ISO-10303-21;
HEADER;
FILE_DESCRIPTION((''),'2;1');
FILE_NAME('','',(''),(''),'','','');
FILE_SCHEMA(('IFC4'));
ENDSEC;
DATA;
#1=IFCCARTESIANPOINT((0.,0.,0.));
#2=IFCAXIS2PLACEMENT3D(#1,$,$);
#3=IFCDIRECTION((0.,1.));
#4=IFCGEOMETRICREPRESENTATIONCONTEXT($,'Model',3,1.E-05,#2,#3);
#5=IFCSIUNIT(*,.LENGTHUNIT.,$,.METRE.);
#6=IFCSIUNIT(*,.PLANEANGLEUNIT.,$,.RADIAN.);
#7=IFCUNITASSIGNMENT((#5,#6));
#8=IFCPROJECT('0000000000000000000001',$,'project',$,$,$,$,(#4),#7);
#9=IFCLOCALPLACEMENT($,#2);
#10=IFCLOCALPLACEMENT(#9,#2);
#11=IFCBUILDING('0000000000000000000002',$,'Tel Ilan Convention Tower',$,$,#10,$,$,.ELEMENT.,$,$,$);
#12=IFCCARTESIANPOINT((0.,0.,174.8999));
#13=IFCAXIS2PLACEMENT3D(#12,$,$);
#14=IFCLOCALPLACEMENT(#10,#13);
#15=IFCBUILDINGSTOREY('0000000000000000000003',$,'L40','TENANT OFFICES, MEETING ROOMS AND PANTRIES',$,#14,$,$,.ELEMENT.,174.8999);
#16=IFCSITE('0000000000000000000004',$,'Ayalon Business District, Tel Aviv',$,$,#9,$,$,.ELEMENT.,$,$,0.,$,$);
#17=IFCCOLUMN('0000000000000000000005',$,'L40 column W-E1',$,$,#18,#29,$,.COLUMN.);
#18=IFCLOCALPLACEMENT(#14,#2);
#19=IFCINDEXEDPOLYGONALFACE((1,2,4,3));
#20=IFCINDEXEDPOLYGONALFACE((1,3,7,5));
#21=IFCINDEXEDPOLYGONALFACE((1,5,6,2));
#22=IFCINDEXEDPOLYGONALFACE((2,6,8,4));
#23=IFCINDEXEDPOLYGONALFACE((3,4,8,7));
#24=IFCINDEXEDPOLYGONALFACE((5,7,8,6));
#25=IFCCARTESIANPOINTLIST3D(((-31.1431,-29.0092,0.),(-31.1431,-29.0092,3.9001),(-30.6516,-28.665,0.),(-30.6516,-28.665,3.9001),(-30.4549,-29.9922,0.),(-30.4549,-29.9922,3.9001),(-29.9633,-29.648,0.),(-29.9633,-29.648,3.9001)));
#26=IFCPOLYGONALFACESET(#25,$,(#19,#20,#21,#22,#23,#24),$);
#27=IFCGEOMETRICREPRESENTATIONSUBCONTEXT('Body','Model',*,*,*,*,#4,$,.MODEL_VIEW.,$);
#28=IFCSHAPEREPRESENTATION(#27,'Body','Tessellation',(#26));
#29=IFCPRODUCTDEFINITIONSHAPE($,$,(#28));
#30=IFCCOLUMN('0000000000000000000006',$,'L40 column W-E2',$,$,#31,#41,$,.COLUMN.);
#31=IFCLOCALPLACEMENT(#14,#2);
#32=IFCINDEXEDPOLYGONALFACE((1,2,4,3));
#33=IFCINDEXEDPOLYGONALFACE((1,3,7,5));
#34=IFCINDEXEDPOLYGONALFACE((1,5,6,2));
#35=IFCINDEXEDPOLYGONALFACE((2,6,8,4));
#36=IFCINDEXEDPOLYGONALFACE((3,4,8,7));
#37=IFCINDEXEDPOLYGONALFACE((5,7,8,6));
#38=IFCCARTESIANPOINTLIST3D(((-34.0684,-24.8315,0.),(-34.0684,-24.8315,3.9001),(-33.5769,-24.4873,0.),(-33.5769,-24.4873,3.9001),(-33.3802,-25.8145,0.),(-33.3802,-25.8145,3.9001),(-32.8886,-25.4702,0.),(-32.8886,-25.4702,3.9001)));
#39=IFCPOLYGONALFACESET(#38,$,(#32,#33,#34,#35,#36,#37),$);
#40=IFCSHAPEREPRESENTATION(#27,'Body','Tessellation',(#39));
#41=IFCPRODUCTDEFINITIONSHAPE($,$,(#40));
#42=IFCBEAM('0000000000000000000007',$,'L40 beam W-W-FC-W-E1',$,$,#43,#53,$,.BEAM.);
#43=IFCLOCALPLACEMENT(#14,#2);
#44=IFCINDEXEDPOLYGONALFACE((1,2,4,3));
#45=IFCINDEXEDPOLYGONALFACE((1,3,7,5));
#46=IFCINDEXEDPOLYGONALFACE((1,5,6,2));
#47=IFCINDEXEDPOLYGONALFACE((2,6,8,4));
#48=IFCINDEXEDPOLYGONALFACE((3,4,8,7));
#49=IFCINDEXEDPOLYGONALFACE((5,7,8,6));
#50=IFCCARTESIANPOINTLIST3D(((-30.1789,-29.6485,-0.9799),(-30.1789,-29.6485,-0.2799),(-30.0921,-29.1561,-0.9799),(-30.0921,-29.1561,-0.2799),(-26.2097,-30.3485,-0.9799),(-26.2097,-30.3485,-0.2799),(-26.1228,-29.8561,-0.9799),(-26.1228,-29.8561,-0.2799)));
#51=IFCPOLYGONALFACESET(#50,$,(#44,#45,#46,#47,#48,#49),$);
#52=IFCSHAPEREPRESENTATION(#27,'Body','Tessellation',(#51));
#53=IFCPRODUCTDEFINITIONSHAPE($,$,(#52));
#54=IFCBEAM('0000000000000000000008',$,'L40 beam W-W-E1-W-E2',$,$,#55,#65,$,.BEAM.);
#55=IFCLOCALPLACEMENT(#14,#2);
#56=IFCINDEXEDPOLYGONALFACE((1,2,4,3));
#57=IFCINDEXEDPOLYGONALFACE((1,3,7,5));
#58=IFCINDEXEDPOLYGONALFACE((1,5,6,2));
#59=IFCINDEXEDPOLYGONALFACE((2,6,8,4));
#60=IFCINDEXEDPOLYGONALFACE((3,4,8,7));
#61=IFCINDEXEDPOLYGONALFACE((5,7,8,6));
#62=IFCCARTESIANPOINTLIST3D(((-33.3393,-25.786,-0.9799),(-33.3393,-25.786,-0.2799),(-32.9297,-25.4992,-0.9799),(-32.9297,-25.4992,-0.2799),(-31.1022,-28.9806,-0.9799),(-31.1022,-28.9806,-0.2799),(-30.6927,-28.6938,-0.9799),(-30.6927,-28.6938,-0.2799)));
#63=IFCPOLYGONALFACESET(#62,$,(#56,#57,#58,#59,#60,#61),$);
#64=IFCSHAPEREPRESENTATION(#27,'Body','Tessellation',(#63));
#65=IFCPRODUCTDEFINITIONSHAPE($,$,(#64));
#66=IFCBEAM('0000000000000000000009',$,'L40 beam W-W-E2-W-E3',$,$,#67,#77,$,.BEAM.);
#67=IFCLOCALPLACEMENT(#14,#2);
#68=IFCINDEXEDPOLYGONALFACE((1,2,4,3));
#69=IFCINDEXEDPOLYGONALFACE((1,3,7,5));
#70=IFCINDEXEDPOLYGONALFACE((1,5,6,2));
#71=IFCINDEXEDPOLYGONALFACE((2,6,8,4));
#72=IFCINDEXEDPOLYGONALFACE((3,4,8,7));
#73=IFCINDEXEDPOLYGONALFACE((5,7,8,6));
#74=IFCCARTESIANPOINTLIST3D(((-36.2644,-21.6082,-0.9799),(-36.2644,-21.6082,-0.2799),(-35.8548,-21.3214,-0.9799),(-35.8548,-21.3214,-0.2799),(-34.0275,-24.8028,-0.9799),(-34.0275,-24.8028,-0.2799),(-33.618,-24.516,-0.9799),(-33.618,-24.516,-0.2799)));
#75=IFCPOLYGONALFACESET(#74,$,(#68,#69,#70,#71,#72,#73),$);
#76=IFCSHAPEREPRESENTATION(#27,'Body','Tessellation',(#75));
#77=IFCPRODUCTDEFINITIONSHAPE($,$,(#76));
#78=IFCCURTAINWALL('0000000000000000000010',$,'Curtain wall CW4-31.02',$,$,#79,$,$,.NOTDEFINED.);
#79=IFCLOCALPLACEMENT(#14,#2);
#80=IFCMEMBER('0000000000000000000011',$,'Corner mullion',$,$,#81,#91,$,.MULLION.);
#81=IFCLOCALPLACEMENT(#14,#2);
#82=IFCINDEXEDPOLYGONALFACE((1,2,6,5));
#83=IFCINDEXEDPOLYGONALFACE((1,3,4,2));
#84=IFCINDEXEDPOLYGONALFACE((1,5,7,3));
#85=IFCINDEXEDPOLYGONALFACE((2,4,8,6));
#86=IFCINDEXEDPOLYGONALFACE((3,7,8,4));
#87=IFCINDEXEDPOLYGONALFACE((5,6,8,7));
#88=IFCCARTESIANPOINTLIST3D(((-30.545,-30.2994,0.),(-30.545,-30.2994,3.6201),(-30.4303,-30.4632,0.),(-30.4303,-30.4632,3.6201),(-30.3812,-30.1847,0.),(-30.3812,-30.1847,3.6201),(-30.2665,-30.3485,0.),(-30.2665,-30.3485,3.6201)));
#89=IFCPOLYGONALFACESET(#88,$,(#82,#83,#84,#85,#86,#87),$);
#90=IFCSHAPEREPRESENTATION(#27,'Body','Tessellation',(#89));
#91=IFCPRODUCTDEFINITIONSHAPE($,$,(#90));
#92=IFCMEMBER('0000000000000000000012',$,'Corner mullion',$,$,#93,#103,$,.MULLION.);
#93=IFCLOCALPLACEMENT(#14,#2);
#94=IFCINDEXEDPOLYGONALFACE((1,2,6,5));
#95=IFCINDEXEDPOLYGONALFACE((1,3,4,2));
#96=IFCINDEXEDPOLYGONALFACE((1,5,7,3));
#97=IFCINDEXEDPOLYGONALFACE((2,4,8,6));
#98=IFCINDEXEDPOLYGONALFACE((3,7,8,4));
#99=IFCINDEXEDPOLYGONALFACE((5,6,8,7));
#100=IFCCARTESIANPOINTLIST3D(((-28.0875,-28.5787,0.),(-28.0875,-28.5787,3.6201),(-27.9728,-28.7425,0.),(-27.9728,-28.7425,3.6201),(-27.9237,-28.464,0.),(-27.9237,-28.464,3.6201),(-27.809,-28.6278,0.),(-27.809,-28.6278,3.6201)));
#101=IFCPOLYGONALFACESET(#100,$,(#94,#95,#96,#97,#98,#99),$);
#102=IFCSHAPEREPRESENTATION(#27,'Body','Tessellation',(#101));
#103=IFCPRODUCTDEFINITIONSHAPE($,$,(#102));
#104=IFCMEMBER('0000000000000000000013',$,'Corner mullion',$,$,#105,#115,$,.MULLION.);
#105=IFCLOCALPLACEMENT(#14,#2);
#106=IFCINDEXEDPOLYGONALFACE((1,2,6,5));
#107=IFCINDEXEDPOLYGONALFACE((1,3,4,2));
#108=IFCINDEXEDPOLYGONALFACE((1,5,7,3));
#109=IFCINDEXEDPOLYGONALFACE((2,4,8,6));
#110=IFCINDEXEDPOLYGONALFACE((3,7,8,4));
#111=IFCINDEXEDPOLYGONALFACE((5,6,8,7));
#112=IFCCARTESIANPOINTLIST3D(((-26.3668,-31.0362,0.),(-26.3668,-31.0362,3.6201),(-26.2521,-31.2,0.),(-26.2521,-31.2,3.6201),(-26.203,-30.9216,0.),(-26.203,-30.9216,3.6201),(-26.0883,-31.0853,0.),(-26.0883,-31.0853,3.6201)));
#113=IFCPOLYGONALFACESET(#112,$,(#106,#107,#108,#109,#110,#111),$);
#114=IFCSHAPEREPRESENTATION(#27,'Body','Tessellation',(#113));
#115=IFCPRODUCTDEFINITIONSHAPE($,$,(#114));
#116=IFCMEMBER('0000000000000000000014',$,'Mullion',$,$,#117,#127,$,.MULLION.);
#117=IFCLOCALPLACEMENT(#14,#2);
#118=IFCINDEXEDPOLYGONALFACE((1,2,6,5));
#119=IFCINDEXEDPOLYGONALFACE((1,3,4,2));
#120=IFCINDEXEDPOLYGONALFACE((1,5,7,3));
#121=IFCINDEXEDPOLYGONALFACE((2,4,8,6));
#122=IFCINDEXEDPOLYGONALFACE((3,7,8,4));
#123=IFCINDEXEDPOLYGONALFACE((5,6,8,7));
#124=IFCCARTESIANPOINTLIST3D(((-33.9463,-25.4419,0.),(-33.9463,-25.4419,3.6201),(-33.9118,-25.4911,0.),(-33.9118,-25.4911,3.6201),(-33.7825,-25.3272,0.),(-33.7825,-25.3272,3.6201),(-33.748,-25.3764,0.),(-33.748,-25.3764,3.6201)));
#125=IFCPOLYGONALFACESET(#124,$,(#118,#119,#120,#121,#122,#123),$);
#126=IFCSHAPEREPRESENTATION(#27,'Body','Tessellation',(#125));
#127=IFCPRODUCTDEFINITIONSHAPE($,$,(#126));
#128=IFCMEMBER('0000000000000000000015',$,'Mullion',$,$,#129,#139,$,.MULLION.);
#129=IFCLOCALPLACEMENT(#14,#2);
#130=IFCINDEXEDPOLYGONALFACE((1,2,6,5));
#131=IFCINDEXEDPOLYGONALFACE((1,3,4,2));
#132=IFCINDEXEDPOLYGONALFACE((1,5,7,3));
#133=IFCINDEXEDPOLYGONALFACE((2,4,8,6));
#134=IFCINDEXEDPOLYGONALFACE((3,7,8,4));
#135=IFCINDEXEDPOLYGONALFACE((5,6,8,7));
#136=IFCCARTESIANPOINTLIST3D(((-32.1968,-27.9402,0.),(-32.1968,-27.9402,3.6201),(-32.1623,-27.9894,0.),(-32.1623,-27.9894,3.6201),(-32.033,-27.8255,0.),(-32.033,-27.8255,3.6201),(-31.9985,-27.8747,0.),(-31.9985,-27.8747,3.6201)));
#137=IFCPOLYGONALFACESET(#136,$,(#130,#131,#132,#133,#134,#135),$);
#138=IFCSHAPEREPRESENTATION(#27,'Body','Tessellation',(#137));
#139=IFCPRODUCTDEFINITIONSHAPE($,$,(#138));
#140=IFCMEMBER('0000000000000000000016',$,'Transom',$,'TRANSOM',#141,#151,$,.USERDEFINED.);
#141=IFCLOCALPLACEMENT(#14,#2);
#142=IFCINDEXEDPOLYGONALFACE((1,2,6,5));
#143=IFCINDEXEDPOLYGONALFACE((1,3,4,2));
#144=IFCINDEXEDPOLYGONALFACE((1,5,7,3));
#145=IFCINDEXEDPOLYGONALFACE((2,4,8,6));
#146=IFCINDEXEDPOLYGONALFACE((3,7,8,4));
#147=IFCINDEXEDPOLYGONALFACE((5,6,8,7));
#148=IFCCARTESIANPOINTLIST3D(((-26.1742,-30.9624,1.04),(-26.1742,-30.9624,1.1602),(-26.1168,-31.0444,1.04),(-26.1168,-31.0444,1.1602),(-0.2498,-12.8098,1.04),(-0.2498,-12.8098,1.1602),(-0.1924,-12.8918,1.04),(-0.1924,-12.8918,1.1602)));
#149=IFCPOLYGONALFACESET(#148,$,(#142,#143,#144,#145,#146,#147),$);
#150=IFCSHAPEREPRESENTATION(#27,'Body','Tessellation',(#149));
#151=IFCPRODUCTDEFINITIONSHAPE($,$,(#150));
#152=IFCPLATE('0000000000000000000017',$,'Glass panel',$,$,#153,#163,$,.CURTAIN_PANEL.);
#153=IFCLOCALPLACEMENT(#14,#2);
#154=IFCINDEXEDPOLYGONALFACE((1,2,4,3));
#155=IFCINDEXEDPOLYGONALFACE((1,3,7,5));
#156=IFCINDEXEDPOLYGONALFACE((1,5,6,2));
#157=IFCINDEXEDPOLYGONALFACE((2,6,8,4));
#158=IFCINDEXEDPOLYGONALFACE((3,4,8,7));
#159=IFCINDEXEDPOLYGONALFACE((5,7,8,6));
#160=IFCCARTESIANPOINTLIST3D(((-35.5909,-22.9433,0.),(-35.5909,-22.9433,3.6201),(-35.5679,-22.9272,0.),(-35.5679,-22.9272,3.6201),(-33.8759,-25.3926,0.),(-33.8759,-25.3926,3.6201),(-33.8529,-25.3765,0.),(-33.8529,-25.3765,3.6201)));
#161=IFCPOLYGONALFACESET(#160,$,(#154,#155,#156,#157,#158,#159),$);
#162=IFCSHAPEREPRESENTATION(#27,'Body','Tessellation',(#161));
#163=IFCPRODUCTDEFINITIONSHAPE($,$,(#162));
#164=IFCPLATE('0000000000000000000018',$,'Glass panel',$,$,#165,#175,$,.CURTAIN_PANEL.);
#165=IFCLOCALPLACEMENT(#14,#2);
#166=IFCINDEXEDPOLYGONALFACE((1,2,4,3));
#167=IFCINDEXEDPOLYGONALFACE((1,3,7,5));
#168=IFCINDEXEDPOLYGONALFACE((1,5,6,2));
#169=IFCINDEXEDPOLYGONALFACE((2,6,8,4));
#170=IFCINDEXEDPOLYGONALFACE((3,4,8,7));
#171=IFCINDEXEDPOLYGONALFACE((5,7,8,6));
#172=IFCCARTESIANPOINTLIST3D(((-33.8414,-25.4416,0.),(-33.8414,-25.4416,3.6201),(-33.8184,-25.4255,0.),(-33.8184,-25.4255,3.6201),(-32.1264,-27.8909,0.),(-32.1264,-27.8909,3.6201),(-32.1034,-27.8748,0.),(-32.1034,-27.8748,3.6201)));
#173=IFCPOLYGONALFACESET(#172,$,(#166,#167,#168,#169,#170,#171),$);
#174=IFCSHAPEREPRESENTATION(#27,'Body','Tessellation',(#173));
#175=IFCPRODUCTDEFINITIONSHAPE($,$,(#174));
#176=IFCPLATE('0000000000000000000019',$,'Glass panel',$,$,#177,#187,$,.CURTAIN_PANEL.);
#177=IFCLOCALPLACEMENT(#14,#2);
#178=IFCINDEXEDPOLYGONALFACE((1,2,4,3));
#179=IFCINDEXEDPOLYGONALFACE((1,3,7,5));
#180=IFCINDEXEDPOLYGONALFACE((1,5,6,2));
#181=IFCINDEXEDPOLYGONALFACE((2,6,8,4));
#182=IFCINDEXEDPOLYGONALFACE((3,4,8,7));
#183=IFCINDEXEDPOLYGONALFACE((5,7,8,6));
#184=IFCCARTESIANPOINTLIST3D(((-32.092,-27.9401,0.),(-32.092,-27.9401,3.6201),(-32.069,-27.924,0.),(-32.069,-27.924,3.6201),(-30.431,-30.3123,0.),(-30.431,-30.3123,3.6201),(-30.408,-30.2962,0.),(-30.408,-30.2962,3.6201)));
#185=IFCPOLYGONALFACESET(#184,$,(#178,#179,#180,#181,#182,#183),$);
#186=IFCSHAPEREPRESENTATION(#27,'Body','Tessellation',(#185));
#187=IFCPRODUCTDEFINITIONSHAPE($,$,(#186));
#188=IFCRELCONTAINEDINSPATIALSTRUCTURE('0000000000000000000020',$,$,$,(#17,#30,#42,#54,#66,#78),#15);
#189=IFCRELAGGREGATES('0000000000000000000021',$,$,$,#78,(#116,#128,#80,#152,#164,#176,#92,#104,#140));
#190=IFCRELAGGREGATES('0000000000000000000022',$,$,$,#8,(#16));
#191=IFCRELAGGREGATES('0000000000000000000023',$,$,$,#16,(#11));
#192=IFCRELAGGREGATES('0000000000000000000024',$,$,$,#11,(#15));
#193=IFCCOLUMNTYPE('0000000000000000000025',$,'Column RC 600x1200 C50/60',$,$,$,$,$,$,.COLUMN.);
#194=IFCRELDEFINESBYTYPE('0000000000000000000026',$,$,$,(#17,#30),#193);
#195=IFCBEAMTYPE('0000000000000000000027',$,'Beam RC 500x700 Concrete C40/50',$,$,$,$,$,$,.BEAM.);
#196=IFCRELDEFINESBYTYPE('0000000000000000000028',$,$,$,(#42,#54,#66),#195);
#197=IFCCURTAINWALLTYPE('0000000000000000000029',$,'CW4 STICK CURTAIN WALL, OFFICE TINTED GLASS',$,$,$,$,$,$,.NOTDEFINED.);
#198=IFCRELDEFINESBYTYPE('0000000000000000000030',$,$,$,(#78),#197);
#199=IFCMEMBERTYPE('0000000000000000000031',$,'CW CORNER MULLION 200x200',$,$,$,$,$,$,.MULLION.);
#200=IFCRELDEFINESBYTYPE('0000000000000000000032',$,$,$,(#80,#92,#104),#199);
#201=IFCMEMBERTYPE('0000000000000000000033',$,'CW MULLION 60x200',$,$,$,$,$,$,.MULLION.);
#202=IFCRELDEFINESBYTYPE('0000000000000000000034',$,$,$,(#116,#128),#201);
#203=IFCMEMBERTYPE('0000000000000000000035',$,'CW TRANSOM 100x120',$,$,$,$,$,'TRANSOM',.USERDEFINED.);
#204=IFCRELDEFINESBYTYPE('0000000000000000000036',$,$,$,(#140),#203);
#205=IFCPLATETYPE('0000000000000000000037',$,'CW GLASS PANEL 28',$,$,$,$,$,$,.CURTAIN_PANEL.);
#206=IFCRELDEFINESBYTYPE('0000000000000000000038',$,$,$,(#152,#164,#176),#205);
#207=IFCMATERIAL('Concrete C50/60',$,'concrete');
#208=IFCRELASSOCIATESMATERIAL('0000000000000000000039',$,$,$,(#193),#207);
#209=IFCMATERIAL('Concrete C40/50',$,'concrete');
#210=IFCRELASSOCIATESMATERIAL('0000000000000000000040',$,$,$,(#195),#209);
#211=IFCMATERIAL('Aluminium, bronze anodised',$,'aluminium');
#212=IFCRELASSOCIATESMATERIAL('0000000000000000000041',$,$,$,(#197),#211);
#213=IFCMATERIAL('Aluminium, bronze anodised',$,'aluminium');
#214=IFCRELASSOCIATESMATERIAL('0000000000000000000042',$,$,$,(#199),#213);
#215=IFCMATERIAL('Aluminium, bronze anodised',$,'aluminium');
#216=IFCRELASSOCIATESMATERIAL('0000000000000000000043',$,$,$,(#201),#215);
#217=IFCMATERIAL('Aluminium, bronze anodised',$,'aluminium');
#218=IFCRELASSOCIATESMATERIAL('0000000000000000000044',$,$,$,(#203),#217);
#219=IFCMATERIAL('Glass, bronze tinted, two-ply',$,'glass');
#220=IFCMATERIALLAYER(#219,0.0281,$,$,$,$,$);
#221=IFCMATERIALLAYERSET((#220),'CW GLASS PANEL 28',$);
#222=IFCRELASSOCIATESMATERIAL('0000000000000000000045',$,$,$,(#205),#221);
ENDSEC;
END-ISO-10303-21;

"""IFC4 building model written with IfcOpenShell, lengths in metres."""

from ifc_helpers import new_model, si_unit, direction, frame, origin, origin_2d, place, context, subcontext, project, spatial, rectangle, extrude, material, layer, layer_set, material_profile, profile_set, type_object, element, aggregate, save


model = new_model("IFC4")

# Units and contexts
model_context = context("Model", 3, precision=1e-05, world=origin(), true_north=direction((0.0, 1.0)))
body_context = subcontext(model_context, "Body", "Model", "MODEL_VIEW")
ifc_project = project(units=[si_unit("LENGTHUNIT", "METRE"), si_unit("PLANEANGLEUNIT", "RADIAN")], contexts=[model_context])

# Site, building, storey
site_placement = place(None, origin())
site = spatial("IfcSite", under=ifc_project, at=site_placement, Name="Ayalon Business District, Tel Aviv", CompositionType="ELEMENT", RefElevation=0.0)
building_placement = place(site_placement, origin())
building = spatial("IfcBuilding", under=site, at=building_placement, Name="Tel Ilan Convention Tower", CompositionType="ELEMENT")
storey_placement = place(building_placement, frame((0.0, 0.0, 174.8999)))
storey = spatial("IfcBuildingStorey", under=building, at=storey_placement, Name="L40", Description="TENANT OFFICES, MEETING ROOMS AND PANTRIES", CompositionType="ELEMENT", Elevation=174.8999)

# Columns
ifc_material_1 = material(Name="Concrete C50/60", Category="concrete")
ifc_material_profile_1 = material_profile(ifc_material_1, rectangle(XDim=1.2, YDim=0.6001, at=origin_2d()), Name="RC 600x1200")
ifc_profile_set_1 = profile_set([ifc_material_profile_1], Name="Concrete C50/60")
column_type = type_object("IfcColumnType", Name="Column RC 600x1200 C50/60", PredefinedType="COLUMN", material=ifc_profile_set_1)
for number, where, z_axis, x_axis, name in (
    (1, (-30.5532, -29.3286, 0.0), (0.0, 0.0, 1.0), (-0.573576, 0.819152, 0.0), "L40 column W-E1"),
    (2, (-33.4785, -25.1509, 0.0), (0.0, 0.0, 1.0), (-0.573576, 0.819152, 0.0), "L40 column W-E2"),
):
    element("IfcColumn", number, at=place(storey_placement, frame(where, z_axis=z_axis, x_axis=x_axis)), inside=storey, type_object=column_type, Name=name, PredefinedType="COLUMN", context=body_context, shape_type="SweptSolid", body=[
        extrude(rectangle(XDim=1.2, YDim=0.6001, at=origin_2d()), origin(), (0.0, 0.0, 1.0), 3.9001),
    ])

# Beams
ifc_material_2 = material(Name="Concrete C40/50", Category="concrete")
ifc_material_profile_2 = material_profile(ifc_material_2, rectangle(XDim=0.5, YDim=0.7, at=origin_2d()), Name="RC 500x700")
ifc_profile_set_2 = profile_set([ifc_material_profile_2], Name="Concrete C40/50")
beam_type = type_object("IfcBeamType", Name="Beam RC 500x700 Concrete C40/50", PredefinedType="BEAM", material=ifc_profile_set_2)
beam_placement = place(storey_placement, frame((-26.1663, -30.1023, -0.6299), z_axis=(-0.984805, 0.173664, 0.0), x_axis=(-0.173664, -0.984805, 0.0)))
element("IfcBeam", 3, at=beam_placement, inside=storey, type_object=beam_type, Name="L40 beam W-W-FC-W-E1", PredefinedType="BEAM", context=body_context, shape_type="SweptSolid", body=[
    extrude(rectangle(XDim=0.5, YDim=0.7, at=origin_2d()), origin(), (0.0, 0.0, 1.0), 4.0305),
])
for number, where, z_axis, x_axis, name in (
    (4, (-30.8975, -28.8372, -0.6299), (-0.573609, 0.819129, 0.0), (-0.819129, -0.573609, 0.0), "L40 beam W-W-E1-W-E2"),
    (5, (-33.8228, -24.6594, -0.6299), (-0.573567, 0.819158, 0.0), (-0.819158, -0.573567, 0.0), "L40 beam W-W-E2-W-E3"),
):
    element("IfcBeam", number, at=place(storey_placement, frame(where, z_axis=z_axis, x_axis=x_axis)), inside=storey, type_object=beam_type, Name=name, PredefinedType="BEAM", context=body_context, shape_type="SweptSolid", body=[
        extrude(rectangle(XDim=0.5, YDim=0.7, at=origin_2d()), origin(), (0.0, 0.0, 1.0), 3.8999),
    ])

# Curtain wall, members, plates
ifc_material_3 = material(Name="Aluminium, bronze anodised", Category="aluminium")
curtain_wall_type = type_object("IfcCurtainWallType", Name="CW4 STICK CURTAIN WALL, OFFICE TINTED GLASS", PredefinedType="NOTDEFINED", material=ifc_material_3)
curtain_wall_placement = place(storey_placement, origin())
curtain_wall = element("IfcCurtainWall", 6, at=curtain_wall_placement, inside=storey, type_object=curtain_wall_type, Name="Curtain wall CW4-31.02", PredefinedType="NOTDEFINED")
ifc_material_4 = material(Name="Aluminium, bronze anodised", Category="aluminium")
ifc_material_profile_3 = material_profile(ifc_material_4, rectangle(XDim=0.2, YDim=0.2, at=origin_2d()), Name="CW CORNER MULLION 200x200")
ifc_profile_set_3 = profile_set([ifc_material_profile_3], Name="Aluminium, bronze anodised")
member_type_1 = type_object("IfcMemberType", Name="CW CORNER MULLION 200x200", PredefinedType="MULLION", material=ifc_profile_set_3)
member_1_placement = place(storey_placement, frame((-30.4058, -30.324, 0.0), z_axis=(0.0, 0.0, 1.0), x_axis=(0.573576, -0.819152, 0.0)))
member_1 = element("IfcMember", 7, at=member_1_placement, type_object=member_type_1, Name="Corner mullion", PredefinedType="MULLION", context=body_context, shape_type="SweptSolid", body=[
    extrude(rectangle(XDim=0.2, YDim=0.2, at=origin_2d()), origin(), (0.0, 0.0, 1.0), 3.6201),
])
member_2_placement = place(storey_placement, frame((-27.9482, -28.6033, 0.0), z_axis=(0.0, 0.0, 1.0), x_axis=(0.819152, 0.573576, 0.0)))
member_2 = element("IfcMember", 8, at=member_2_placement, type_object=member_type_1, Name="Corner mullion", PredefinedType="MULLION", context=body_context, shape_type="SweptSolid", body=[
    extrude(rectangle(XDim=0.2, YDim=0.2, at=origin_2d()), origin(), (0.0, 0.0, 1.0), 3.6201),
])
member_3_placement = place(storey_placement, frame((-26.2275, -31.0608, 0.0), z_axis=(0.0, 0.0, 1.0), x_axis=(0.573576, -0.819152, 0.0)))
member_3 = element("IfcMember", 9, at=member_3_placement, type_object=member_type_1, Name="Corner mullion", PredefinedType="MULLION", context=body_context, shape_type="SweptSolid", body=[
    extrude(rectangle(XDim=0.2, YDim=0.2, at=origin_2d()), origin(), (0.0, 0.0, 1.0), 3.6201),
])
ifc_material_5 = material(Name="Aluminium, bronze anodised", Category="aluminium")
ifc_material_profile_4 = material_profile(ifc_material_5, rectangle(XDim=0.0601, YDim=0.2, at=origin_2d()), Name="CW MULLION 60x200")
ifc_profile_set_4 = profile_set([ifc_material_profile_4], Name="Aluminium, bronze anodised")
member_type_2 = type_object("IfcMemberType", Name="CW MULLION 60x200", PredefinedType="MULLION", material=ifc_profile_set_4)
member_4_placement = place(storey_placement, frame((-33.8472, -25.4092, 0.0), z_axis=(0.0, 0.0, 1.0), x_axis=(0.573576, -0.819152, 0.0)))
member_4 = element("IfcMember", 10, at=member_4_placement, type_object=member_type_2, Name="Mullion", PredefinedType="MULLION", context=body_context, shape_type="SweptSolid", body=[
    extrude(rectangle(XDim=0.0601, YDim=0.2, at=origin_2d()), origin(), (0.0, 0.0, 1.0), 3.6201),
])
member_5_placement = place(storey_placement, frame((-32.0977, -27.9075, 0.0), z_axis=(0.0, 0.0, 1.0), x_axis=(0.573576, -0.819152, 0.0)))
member_5 = element("IfcMember", 11, at=member_5_placement, type_object=member_type_2, Name="Mullion", PredefinedType="MULLION", context=body_context, shape_type="SweptSolid", body=[
    extrude(rectangle(XDim=0.0601, YDim=0.2, at=origin_2d()), origin(), (0.0, 0.0, 1.0), 3.6201),
])
ifc_material_6 = material(Name="Aluminium, bronze anodised", Category="aluminium")
ifc_material_profile_5 = material_profile(ifc_material_6, rectangle(XDim=0.1001, YDim=0.1201, at=origin_2d()), Name="CW TRANSOM 100x120")
ifc_profile_set_5 = profile_set([ifc_material_profile_5], Name="Aluminium, bronze anodised")
member_type_3 = type_object("IfcMemberType", Name="CW TRANSOM 100x120", ElementType="TRANSOM", PredefinedType="USERDEFINED", material=ifc_profile_set_5)
member_6_placement = place(storey_placement, frame((-26.1455, -31.0034, 1.1001), z_axis=(0.819149, 0.57358, 0.0), x_axis=(-0.57358, 0.819149, 0.0)))
member_6 = element("IfcMember", 12, at=member_6_placement, type_object=member_type_3, Name="Transom", ObjectType="TRANSOM", PredefinedType="USERDEFINED", context=body_context, shape_type="SweptSolid", body=[
    extrude(rectangle(XDim=0.1001, YDim=0.1201, at=origin_2d()), origin(), (0.0, 0.0, 1.0), 31.6479),
])
ifc_material_7 = material(Name="Glass, bronze tinted, two-ply", Category="glass")
ifc_layer_1 = layer(ifc_material_7, 0.0281)
ifc_layer_set_1 = layer_set([ifc_layer_1], Name="CW GLASS PANEL 28")
plate_type = type_object("IfcPlateType", Name="CW GLASS PANEL 28", PredefinedType="CURTAIN_PANEL", material=ifc_layer_set_1)
plate_1_placement = place(storey_placement, frame((-34.7219, -24.1599, 0.0), z_axis=(0.0, 0.0, 1.0), x_axis=(0.573576, -0.819152, 0.0)))
plate_1 = element("IfcPlate", 13, at=plate_1_placement, type_object=plate_type, Name="Glass panel", PredefinedType="CURTAIN_PANEL", context=body_context, shape_type="SweptSolid", body=[
    extrude(rectangle(XDim=2.99, YDim=0.0281, at=origin_2d()), origin(), (0.0, 0.0, 1.0), 3.6201),
])
plate_2_placement = place(storey_placement, frame((-32.9724, -26.6582, 0.0), z_axis=(0.0, 0.0, 1.0), x_axis=(0.573576, -0.819152, 0.0)))
plate_2 = element("IfcPlate", 14, at=plate_2_placement, type_object=plate_type, Name="Glass panel", PredefinedType="CURTAIN_PANEL", context=body_context, shape_type="SweptSolid", body=[
    extrude(rectangle(XDim=2.99, YDim=0.0281, at=origin_2d()), origin(), (0.0, 0.0, 1.0), 3.6201),
])
plate_3_placement = place(storey_placement, frame((-31.25, -29.1182, 0.0), z_axis=(0.0, 0.0, 1.0), x_axis=(0.573576, -0.819152, 0.0)))
plate_3 = element("IfcPlate", 15, at=plate_3_placement, type_object=plate_type, Name="Glass panel", PredefinedType="CURTAIN_PANEL", context=body_context, shape_type="SweptSolid", body=[
    extrude(rectangle(XDim=2.896, YDim=0.0281, at=origin_2d()), origin(), (0.0, 0.0, 1.0), 3.6201),
])
aggregate(curtain_wall, [member_4, member_5, member_1, plate_1, plate_2, plate_3, member_2, member_3, member_6])

save(model, "model.ifc")
